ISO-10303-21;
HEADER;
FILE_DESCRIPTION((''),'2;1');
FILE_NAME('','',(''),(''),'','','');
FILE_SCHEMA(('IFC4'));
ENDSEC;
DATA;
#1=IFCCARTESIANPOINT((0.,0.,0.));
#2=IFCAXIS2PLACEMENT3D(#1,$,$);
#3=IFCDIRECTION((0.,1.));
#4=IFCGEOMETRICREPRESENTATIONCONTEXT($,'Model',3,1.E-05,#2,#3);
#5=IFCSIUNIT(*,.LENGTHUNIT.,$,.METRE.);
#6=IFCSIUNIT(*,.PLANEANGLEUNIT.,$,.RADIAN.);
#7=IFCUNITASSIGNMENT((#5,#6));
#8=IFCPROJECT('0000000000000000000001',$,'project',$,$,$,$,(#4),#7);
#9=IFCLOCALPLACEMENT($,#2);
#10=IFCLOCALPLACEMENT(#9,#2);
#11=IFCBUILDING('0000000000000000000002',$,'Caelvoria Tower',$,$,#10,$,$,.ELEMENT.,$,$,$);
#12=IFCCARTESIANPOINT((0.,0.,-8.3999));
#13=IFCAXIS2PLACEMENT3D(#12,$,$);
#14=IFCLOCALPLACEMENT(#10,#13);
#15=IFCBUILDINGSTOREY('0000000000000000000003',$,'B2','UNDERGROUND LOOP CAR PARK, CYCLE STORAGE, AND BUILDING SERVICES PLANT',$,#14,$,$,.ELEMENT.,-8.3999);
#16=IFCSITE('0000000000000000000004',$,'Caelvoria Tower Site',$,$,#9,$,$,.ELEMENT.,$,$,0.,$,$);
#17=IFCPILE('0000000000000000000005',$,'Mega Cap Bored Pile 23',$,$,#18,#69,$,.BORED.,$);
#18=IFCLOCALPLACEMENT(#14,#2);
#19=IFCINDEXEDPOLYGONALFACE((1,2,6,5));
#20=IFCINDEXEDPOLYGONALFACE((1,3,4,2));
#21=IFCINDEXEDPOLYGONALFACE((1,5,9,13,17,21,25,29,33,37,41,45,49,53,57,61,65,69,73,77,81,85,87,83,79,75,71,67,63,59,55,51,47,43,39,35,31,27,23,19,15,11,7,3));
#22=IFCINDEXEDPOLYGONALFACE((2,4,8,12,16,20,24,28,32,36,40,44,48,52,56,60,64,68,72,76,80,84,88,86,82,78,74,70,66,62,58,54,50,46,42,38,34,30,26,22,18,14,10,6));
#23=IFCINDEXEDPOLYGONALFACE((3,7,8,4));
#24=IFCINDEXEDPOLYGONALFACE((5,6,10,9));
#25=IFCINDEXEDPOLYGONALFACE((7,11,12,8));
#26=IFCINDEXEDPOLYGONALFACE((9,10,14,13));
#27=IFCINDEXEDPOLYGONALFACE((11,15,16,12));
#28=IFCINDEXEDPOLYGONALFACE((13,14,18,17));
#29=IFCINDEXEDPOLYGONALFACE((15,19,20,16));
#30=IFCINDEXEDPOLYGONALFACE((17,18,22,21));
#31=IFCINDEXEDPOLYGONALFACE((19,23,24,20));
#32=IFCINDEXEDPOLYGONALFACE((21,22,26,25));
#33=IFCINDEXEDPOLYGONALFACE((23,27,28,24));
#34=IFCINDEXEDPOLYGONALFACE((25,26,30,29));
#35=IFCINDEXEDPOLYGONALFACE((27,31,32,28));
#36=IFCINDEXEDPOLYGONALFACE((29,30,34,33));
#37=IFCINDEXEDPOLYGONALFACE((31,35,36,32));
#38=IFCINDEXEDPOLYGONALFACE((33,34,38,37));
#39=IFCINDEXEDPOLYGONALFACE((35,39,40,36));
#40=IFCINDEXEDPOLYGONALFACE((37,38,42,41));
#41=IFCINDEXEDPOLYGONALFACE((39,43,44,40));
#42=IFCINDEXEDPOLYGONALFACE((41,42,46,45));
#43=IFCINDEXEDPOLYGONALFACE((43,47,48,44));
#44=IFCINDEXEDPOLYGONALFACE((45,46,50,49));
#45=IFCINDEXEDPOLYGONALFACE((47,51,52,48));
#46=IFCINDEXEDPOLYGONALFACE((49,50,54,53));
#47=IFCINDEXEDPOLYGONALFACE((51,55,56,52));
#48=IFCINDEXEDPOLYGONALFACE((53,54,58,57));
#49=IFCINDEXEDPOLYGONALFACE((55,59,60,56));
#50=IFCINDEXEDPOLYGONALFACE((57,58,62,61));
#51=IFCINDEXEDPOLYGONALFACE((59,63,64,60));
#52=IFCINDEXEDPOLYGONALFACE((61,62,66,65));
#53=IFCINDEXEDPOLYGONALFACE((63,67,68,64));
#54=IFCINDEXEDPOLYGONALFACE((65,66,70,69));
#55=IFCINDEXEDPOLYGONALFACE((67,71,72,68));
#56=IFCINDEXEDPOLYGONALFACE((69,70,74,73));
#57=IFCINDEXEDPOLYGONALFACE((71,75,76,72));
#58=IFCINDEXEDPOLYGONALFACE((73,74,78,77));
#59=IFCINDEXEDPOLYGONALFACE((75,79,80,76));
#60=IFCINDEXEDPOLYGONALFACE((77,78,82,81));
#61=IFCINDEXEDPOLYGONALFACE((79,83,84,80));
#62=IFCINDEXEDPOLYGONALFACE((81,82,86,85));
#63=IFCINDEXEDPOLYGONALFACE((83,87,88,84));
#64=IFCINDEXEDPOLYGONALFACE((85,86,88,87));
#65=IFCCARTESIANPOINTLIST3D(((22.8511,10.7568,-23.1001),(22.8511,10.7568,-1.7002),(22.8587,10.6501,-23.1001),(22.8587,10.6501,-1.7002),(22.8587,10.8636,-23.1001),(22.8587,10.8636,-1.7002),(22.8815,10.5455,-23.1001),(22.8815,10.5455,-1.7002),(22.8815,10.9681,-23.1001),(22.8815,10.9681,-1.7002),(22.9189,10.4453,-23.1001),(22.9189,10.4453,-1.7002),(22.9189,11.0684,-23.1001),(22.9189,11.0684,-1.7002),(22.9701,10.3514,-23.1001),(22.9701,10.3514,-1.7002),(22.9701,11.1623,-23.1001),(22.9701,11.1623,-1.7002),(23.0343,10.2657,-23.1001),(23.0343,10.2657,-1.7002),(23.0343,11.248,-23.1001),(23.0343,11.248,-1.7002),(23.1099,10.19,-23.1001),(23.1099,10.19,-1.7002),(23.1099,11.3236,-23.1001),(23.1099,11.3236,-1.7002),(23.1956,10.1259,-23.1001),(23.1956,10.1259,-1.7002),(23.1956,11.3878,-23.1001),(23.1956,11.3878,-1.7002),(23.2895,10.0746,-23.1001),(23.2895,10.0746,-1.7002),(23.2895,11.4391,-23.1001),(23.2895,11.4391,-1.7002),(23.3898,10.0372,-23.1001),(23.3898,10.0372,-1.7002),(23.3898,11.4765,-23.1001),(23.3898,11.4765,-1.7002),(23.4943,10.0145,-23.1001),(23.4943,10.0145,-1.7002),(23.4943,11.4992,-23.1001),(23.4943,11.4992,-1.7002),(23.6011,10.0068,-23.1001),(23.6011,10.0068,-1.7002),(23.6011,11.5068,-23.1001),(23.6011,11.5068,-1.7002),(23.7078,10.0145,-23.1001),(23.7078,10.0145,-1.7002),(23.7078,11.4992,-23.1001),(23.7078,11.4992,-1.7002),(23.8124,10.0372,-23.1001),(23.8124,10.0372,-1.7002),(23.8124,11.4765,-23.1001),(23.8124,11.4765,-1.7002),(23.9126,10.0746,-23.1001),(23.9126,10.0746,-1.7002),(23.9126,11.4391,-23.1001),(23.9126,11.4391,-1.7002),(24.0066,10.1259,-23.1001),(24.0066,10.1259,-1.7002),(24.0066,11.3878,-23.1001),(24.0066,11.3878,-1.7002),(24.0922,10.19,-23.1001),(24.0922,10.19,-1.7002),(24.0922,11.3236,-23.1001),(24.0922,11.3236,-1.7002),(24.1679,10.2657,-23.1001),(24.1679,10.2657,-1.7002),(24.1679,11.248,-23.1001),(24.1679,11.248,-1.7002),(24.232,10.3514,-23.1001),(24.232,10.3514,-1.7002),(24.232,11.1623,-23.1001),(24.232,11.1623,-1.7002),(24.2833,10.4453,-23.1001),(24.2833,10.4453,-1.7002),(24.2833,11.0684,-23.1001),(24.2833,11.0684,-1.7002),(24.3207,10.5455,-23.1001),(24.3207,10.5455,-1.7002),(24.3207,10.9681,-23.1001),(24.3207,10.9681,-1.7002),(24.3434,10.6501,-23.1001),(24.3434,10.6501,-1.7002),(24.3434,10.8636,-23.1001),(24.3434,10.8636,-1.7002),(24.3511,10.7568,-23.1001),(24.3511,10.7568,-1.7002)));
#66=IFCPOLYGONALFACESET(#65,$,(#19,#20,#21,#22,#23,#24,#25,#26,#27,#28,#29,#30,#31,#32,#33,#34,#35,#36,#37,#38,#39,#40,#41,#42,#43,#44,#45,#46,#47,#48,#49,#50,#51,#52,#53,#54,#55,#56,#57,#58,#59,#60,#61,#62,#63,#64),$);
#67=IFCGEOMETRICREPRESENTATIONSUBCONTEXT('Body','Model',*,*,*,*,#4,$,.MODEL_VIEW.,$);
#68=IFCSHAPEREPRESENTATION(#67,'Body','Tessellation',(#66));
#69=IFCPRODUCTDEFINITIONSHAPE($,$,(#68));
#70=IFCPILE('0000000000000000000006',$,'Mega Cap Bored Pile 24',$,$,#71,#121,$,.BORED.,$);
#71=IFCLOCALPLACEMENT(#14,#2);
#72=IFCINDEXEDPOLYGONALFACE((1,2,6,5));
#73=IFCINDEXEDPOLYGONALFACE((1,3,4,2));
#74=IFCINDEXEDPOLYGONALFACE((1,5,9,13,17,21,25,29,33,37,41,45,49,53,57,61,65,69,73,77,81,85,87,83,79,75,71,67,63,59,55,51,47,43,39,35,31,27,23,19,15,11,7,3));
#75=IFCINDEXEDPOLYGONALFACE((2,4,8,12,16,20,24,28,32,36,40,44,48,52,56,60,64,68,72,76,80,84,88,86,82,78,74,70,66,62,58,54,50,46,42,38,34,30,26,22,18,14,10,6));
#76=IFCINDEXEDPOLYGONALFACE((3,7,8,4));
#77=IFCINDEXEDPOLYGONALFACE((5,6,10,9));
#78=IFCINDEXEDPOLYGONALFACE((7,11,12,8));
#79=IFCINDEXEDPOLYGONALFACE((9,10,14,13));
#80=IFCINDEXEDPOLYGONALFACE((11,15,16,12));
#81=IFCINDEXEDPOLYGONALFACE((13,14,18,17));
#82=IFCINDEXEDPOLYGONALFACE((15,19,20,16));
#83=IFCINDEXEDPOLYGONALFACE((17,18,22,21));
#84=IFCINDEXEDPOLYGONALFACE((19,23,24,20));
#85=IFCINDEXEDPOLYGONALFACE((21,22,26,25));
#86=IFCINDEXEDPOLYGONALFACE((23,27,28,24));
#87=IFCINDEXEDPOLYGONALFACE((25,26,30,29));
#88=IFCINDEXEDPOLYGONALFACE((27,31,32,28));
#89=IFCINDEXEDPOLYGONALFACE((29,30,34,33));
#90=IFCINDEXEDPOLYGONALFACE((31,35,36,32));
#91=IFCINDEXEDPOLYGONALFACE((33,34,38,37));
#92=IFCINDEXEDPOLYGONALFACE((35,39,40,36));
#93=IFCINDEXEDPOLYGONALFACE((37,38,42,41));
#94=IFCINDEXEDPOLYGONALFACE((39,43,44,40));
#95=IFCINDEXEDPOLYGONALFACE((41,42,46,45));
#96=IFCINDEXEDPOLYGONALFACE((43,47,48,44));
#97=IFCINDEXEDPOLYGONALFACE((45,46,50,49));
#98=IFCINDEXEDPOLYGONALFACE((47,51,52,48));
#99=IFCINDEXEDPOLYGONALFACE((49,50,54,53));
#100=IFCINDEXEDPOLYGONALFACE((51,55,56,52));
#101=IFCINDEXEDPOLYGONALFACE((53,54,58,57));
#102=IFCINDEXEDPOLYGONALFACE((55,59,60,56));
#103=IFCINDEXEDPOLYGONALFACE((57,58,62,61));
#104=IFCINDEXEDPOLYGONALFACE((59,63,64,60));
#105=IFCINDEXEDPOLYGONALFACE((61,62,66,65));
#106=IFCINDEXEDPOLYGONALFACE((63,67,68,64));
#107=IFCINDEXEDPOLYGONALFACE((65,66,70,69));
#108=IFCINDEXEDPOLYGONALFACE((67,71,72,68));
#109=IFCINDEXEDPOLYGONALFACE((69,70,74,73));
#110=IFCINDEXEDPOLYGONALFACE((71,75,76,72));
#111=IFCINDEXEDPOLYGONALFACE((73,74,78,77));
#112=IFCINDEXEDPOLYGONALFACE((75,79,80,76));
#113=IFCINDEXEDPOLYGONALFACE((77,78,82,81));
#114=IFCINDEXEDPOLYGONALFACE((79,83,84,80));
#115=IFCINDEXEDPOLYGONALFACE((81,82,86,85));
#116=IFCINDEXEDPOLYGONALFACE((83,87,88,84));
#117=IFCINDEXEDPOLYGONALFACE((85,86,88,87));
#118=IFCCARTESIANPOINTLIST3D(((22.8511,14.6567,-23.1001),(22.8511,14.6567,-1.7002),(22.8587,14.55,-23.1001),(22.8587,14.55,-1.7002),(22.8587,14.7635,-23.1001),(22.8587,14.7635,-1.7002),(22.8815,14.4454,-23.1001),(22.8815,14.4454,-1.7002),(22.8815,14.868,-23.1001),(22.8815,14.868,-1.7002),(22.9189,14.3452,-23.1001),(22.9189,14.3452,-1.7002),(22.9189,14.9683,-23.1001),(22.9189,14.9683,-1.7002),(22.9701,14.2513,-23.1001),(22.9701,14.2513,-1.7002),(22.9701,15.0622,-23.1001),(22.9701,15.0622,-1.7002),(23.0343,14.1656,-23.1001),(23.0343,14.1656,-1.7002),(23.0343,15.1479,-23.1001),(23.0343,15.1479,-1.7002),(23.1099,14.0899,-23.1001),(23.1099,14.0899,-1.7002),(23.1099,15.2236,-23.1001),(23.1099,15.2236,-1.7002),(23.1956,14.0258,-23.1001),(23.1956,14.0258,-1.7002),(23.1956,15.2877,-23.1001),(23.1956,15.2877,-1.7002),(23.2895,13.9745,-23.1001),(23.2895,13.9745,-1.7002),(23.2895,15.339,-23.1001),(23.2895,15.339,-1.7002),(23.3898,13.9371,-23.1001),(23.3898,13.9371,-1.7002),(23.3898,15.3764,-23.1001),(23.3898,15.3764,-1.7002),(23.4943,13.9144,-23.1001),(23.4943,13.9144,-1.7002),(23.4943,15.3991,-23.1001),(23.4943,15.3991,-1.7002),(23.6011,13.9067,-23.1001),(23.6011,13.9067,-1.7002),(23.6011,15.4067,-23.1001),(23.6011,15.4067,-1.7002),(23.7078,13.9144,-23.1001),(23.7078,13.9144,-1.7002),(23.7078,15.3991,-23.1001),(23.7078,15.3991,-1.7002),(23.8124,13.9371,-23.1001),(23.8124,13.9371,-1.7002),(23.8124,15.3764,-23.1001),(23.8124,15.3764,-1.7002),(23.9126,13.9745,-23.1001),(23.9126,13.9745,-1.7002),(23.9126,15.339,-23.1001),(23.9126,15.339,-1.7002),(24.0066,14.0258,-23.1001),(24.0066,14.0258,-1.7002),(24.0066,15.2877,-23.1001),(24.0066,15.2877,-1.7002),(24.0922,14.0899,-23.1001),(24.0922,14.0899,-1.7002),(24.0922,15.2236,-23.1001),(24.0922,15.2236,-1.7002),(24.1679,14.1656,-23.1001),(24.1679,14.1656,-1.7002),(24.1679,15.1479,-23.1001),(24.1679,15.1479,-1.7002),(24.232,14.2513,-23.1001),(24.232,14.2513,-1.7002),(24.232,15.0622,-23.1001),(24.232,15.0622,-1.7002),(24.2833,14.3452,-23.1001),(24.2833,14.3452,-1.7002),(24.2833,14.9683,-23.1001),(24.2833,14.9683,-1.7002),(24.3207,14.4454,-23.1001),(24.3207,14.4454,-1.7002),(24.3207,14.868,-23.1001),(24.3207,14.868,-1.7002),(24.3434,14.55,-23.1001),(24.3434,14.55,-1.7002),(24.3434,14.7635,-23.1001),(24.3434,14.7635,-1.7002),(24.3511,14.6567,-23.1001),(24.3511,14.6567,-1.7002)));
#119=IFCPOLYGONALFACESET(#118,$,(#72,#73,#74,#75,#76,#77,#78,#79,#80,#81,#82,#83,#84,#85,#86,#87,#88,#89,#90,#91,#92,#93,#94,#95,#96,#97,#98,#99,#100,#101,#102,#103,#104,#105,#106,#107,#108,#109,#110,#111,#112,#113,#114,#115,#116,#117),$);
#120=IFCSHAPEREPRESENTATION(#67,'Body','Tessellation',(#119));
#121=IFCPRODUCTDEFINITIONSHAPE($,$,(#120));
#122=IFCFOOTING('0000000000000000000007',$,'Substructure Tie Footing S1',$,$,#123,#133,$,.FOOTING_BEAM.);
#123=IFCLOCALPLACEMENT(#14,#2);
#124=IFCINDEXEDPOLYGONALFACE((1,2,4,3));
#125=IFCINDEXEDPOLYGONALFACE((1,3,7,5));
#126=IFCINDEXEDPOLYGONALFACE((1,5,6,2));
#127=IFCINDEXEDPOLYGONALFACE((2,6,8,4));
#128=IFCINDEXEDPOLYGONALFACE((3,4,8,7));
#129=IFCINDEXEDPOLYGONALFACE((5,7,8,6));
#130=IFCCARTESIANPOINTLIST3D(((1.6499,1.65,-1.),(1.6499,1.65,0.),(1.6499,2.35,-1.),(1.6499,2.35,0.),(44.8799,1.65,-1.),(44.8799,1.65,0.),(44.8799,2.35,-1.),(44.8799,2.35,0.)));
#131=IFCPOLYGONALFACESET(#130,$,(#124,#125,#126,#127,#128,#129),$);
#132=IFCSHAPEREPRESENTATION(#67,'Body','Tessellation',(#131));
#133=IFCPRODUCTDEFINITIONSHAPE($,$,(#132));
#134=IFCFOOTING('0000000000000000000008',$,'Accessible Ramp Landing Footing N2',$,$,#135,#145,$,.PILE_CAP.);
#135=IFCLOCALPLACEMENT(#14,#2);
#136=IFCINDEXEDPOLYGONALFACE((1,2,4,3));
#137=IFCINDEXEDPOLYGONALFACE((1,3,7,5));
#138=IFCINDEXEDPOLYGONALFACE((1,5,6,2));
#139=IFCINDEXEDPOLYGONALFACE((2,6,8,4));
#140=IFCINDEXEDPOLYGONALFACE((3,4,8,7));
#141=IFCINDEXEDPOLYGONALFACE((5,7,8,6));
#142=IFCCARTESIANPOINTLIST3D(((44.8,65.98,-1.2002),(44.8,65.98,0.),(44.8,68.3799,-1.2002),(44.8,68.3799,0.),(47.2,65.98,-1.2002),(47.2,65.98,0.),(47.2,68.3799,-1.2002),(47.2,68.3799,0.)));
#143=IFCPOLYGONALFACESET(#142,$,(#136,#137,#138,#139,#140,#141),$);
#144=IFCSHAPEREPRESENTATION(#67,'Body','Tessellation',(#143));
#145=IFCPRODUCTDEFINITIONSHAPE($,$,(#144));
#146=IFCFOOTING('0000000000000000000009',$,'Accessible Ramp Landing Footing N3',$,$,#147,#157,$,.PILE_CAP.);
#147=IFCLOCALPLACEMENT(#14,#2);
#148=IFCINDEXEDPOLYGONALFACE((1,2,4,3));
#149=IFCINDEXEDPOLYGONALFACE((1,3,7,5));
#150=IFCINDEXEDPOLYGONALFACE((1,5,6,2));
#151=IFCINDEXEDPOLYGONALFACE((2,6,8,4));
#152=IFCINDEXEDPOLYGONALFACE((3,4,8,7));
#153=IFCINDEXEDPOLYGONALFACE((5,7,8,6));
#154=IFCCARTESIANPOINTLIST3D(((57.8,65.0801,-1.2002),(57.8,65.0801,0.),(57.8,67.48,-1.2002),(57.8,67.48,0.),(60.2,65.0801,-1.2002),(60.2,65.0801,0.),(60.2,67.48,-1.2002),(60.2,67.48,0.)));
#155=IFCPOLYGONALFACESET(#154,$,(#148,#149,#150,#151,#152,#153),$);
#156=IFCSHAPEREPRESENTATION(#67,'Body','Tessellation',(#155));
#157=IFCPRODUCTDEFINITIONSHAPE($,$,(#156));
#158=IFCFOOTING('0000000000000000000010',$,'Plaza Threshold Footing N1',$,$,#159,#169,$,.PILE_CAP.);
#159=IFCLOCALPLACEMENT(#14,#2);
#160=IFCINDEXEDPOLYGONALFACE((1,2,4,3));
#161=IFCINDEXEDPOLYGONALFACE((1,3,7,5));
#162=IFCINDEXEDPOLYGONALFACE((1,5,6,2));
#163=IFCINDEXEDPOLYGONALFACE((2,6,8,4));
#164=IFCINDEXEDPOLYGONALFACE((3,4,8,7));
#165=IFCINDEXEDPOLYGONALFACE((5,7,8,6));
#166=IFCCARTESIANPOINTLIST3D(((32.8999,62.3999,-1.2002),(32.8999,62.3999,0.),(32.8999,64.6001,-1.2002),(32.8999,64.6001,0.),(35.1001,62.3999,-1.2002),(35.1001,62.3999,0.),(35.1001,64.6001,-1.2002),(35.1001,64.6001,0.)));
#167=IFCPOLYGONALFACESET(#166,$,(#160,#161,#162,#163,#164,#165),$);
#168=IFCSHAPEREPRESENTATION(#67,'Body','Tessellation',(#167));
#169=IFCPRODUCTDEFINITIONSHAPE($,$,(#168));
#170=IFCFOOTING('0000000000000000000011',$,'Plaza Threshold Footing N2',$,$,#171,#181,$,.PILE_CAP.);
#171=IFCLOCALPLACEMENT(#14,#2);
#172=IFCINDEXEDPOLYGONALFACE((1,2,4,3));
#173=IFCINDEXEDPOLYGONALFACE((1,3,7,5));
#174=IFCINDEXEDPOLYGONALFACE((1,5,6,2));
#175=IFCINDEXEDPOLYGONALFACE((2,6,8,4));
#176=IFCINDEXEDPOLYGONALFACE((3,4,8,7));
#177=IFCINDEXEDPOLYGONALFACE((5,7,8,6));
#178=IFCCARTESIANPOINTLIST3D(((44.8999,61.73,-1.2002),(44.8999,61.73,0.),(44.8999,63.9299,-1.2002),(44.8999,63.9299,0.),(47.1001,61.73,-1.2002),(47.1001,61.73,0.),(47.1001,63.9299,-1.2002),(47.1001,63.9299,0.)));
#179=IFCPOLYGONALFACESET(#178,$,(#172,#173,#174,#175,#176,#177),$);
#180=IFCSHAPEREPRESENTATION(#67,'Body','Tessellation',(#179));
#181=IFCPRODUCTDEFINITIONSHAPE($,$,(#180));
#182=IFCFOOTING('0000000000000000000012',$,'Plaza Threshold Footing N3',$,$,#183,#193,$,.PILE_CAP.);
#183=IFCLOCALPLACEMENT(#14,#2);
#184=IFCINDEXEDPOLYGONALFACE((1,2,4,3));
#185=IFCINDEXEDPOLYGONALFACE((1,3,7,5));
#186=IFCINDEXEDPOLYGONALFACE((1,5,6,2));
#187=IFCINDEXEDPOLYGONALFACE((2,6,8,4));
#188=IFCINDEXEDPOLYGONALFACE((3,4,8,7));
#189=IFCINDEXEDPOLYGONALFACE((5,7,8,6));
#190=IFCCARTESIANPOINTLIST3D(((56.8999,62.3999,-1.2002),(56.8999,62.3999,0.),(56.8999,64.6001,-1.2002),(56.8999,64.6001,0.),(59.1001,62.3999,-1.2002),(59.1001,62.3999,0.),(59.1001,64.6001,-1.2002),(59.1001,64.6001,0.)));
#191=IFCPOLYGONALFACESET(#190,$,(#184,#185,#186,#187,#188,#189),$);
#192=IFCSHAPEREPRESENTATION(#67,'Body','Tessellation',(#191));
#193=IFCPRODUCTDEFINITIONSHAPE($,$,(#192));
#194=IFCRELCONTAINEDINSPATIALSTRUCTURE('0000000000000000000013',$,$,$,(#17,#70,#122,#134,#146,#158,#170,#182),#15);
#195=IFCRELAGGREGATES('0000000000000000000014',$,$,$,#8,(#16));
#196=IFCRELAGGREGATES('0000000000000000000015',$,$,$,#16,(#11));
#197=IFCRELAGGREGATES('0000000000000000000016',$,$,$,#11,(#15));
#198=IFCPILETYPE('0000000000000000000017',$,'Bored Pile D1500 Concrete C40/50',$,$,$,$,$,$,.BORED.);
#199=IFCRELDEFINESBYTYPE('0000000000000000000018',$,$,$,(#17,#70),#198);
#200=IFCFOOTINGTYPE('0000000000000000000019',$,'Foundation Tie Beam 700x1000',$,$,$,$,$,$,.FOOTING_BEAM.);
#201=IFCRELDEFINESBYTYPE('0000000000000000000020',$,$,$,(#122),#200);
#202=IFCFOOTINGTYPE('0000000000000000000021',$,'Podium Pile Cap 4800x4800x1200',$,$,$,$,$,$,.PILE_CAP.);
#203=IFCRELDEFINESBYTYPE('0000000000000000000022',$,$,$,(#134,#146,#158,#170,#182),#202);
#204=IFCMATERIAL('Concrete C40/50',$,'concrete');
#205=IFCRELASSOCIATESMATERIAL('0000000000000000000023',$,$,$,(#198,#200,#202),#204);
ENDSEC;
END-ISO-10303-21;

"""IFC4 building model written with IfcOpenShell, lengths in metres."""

from ifc_helpers import new_model, si_unit, direction, frame, origin, origin_2d, place, context, subcontext, project, spatial, polyline, rectangle, circle, outline, extrude, material, material_profile, profile_set, type_object, element, save


model = new_model("IFC4")

# Units and contexts
model_context = context("Model", 3, precision=1e-05, world=origin(), true_north=direction((0.0, 1.0)))
body_context = subcontext(model_context, "Body", "Model", "MODEL_VIEW")
ifc_project = project(units=[si_unit("LENGTHUNIT", "METRE"), si_unit("PLANEANGLEUNIT", "RADIAN")], contexts=[model_context])

# Site, building, storey
site_placement = place(None, origin())
site = spatial("IfcSite", under=ifc_project, at=site_placement, Name="Caelvoria Tower Site", CompositionType="ELEMENT", RefElevation=0.0)
building_placement = place(site_placement, origin())
building = spatial("IfcBuilding", under=site, at=building_placement, Name="Caelvoria Tower", CompositionType="ELEMENT")
storey_placement = place(building_placement, frame((0.0, 0.0, -8.3999)))
storey = spatial("IfcBuildingStorey", under=building, at=storey_placement, Name="B2", Description="UNDERGROUND LOOP CAR PARK, CYCLE STORAGE, AND BUILDING SERVICES PLANT", CompositionType="ELEMENT", Elevation=-8.3999)

# Piles
ifc_material_1 = material(Name="Concrete C40/50", Category="concrete")
ifc_material_profile_1 = material_profile(ifc_material_1, circle(Radius=0.75, at=origin_2d()), Name="Concrete C40/50")
ifc_profile_set_1 = profile_set([ifc_material_profile_1], Name="PILE_D1500 - Concrete C40/50")
pile_type_1 = type_object("IfcPileType", Name="Bored Pile D1500 Concrete C40/50", PredefinedType="BORED", material=ifc_profile_set_1)
for number, where, z_axis, x_axis, name in (
    (1, (23.6011, 10.7568, -1.7002), (0.0, 0.0, -1.0), (1.0, 0.0, 0.0), "Mega Cap Bored Pile 23"),
    (2, (23.6011, 14.6567, -1.7002), (0.0, 0.0, -1.0), (1.0, 0.0, 0.0), "Mega Cap Bored Pile 24"),
):
    element("IfcPile", number, at=place(storey_placement, frame(where, z_axis=z_axis, x_axis=x_axis)), inside=storey, type_object=pile_type_1, Name=name, PredefinedType="BORED", context=body_context, shape_type="SweptSolid", body=[
        extrude(circle(Radius=0.75, at=origin_2d()), origin(), (0.0, 0.0, 1.0), 21.3999),
    ])

# Footings
ifc_material_profile_2 = material_profile(ifc_material_1, rectangle(XDim=0.7, YDim=1.0, at=origin_2d()), Name="Concrete C40/50")
ifc_profile_set_2 = profile_set([ifc_material_profile_2], Name="RC_GB_700X1000 - Concrete C40/50")
footing_type_1 = type_object("IfcFootingType", Name="Foundation Tie Beam 700x1000", PredefinedType="FOOTING_BEAM", material=ifc_profile_set_2)
footing_1_placement = place(storey_placement, frame((1.6499, 2.0, -0.5), z_axis=(1.0, 0.0, 0.0), x_axis=(0.0, 1.0, 0.0)))
element("IfcFooting", 3, at=footing_1_placement, inside=storey, type_object=footing_type_1, Name="Substructure Tie Footing S1", PredefinedType="FOOTING_BEAM", context=body_context, shape_type="SweptSolid", body=[
    extrude(rectangle(XDim=0.7, YDim=1.0, at=origin_2d()), origin(), (0.0, 0.0, 1.0), 43.23),
])
footing_type_2 = type_object("IfcFootingType", Name="Podium Pile Cap 4800x4800x1200", PredefinedType="PILE_CAP", material=ifc_material_1)
footing_2_placement = place(storey_placement, frame((0.0, 0.0, -1.2002)))
element("IfcFooting", 4, at=footing_2_placement, inside=storey, type_object=footing_type_2, Name="Accessible Ramp Landing Footing N2", PredefinedType="PILE_CAP", context=body_context, shape_type="SweptSolid", body=[
    extrude(outline(polyline([(44.8, 65.98), (47.2, 65.98), (47.2, 68.3799), (44.8, 68.3799), (44.8, 65.98)])), origin(), (0.0, 0.0, 1.0), 1.2002),
])
footing_3_placement = place(storey_placement, frame((0.0, 0.0, -1.2002)))
element("IfcFooting", 5, at=footing_3_placement, inside=storey, type_object=footing_type_2, Name="Accessible Ramp Landing Footing N3", PredefinedType="PILE_CAP", context=body_context, shape_type="SweptSolid", body=[
    extrude(outline(polyline([(57.8, 65.0801), (60.2, 65.0801), (60.2, 67.48), (57.8, 67.48), (57.8, 65.0801)])), origin(), (0.0, 0.0, 1.0), 1.2002),
])
footing_4_placement = place(storey_placement, frame((0.0, 0.0, -1.2002)))
element("IfcFooting", 6, at=footing_4_placement, inside=storey, type_object=footing_type_2, Name="Plaza Threshold Footing N1", PredefinedType="PILE_CAP", context=body_context, shape_type="SweptSolid", body=[
    extrude(outline(polyline([(32.8999, 62.3999), (35.1001, 62.3999), (35.1001, 64.6001), (32.8999, 64.6001), (32.8999, 62.3999)])), origin(), (0.0, 0.0, 1.0), 1.2002),
])
footing_5_placement = place(storey_placement, frame((0.0, 0.0, -1.2002)))
element("IfcFooting", 7, at=footing_5_placement, inside=storey, type_object=footing_type_2, Name="Plaza Threshold Footing N2", PredefinedType="PILE_CAP", context=body_context, shape_type="SweptSolid", body=[
    extrude(outline(polyline([(44.8999, 61.73), (47.1001, 61.73), (47.1001, 63.9299), (44.8999, 63.9299), (44.8999, 61.73)])), origin(), (0.0, 0.0, 1.0), 1.2002),
])
footing_6_placement = place(storey_placement, frame((0.0, 0.0, -1.2002)))
element("IfcFooting", 8, at=footing_6_placement, inside=storey, type_object=footing_type_2, Name="Plaza Threshold Footing N3", PredefinedType="PILE_CAP", context=body_context, shape_type="SweptSolid", body=[
    extrude(outline(polyline([(56.8999, 62.3999), (59.1001, 62.3999), (59.1001, 64.6001), (56.8999, 64.6001), (56.8999, 62.3999)])), origin(), (0.0, 0.0, 1.0), 1.2002),
])

save(model, "model.ifc")
